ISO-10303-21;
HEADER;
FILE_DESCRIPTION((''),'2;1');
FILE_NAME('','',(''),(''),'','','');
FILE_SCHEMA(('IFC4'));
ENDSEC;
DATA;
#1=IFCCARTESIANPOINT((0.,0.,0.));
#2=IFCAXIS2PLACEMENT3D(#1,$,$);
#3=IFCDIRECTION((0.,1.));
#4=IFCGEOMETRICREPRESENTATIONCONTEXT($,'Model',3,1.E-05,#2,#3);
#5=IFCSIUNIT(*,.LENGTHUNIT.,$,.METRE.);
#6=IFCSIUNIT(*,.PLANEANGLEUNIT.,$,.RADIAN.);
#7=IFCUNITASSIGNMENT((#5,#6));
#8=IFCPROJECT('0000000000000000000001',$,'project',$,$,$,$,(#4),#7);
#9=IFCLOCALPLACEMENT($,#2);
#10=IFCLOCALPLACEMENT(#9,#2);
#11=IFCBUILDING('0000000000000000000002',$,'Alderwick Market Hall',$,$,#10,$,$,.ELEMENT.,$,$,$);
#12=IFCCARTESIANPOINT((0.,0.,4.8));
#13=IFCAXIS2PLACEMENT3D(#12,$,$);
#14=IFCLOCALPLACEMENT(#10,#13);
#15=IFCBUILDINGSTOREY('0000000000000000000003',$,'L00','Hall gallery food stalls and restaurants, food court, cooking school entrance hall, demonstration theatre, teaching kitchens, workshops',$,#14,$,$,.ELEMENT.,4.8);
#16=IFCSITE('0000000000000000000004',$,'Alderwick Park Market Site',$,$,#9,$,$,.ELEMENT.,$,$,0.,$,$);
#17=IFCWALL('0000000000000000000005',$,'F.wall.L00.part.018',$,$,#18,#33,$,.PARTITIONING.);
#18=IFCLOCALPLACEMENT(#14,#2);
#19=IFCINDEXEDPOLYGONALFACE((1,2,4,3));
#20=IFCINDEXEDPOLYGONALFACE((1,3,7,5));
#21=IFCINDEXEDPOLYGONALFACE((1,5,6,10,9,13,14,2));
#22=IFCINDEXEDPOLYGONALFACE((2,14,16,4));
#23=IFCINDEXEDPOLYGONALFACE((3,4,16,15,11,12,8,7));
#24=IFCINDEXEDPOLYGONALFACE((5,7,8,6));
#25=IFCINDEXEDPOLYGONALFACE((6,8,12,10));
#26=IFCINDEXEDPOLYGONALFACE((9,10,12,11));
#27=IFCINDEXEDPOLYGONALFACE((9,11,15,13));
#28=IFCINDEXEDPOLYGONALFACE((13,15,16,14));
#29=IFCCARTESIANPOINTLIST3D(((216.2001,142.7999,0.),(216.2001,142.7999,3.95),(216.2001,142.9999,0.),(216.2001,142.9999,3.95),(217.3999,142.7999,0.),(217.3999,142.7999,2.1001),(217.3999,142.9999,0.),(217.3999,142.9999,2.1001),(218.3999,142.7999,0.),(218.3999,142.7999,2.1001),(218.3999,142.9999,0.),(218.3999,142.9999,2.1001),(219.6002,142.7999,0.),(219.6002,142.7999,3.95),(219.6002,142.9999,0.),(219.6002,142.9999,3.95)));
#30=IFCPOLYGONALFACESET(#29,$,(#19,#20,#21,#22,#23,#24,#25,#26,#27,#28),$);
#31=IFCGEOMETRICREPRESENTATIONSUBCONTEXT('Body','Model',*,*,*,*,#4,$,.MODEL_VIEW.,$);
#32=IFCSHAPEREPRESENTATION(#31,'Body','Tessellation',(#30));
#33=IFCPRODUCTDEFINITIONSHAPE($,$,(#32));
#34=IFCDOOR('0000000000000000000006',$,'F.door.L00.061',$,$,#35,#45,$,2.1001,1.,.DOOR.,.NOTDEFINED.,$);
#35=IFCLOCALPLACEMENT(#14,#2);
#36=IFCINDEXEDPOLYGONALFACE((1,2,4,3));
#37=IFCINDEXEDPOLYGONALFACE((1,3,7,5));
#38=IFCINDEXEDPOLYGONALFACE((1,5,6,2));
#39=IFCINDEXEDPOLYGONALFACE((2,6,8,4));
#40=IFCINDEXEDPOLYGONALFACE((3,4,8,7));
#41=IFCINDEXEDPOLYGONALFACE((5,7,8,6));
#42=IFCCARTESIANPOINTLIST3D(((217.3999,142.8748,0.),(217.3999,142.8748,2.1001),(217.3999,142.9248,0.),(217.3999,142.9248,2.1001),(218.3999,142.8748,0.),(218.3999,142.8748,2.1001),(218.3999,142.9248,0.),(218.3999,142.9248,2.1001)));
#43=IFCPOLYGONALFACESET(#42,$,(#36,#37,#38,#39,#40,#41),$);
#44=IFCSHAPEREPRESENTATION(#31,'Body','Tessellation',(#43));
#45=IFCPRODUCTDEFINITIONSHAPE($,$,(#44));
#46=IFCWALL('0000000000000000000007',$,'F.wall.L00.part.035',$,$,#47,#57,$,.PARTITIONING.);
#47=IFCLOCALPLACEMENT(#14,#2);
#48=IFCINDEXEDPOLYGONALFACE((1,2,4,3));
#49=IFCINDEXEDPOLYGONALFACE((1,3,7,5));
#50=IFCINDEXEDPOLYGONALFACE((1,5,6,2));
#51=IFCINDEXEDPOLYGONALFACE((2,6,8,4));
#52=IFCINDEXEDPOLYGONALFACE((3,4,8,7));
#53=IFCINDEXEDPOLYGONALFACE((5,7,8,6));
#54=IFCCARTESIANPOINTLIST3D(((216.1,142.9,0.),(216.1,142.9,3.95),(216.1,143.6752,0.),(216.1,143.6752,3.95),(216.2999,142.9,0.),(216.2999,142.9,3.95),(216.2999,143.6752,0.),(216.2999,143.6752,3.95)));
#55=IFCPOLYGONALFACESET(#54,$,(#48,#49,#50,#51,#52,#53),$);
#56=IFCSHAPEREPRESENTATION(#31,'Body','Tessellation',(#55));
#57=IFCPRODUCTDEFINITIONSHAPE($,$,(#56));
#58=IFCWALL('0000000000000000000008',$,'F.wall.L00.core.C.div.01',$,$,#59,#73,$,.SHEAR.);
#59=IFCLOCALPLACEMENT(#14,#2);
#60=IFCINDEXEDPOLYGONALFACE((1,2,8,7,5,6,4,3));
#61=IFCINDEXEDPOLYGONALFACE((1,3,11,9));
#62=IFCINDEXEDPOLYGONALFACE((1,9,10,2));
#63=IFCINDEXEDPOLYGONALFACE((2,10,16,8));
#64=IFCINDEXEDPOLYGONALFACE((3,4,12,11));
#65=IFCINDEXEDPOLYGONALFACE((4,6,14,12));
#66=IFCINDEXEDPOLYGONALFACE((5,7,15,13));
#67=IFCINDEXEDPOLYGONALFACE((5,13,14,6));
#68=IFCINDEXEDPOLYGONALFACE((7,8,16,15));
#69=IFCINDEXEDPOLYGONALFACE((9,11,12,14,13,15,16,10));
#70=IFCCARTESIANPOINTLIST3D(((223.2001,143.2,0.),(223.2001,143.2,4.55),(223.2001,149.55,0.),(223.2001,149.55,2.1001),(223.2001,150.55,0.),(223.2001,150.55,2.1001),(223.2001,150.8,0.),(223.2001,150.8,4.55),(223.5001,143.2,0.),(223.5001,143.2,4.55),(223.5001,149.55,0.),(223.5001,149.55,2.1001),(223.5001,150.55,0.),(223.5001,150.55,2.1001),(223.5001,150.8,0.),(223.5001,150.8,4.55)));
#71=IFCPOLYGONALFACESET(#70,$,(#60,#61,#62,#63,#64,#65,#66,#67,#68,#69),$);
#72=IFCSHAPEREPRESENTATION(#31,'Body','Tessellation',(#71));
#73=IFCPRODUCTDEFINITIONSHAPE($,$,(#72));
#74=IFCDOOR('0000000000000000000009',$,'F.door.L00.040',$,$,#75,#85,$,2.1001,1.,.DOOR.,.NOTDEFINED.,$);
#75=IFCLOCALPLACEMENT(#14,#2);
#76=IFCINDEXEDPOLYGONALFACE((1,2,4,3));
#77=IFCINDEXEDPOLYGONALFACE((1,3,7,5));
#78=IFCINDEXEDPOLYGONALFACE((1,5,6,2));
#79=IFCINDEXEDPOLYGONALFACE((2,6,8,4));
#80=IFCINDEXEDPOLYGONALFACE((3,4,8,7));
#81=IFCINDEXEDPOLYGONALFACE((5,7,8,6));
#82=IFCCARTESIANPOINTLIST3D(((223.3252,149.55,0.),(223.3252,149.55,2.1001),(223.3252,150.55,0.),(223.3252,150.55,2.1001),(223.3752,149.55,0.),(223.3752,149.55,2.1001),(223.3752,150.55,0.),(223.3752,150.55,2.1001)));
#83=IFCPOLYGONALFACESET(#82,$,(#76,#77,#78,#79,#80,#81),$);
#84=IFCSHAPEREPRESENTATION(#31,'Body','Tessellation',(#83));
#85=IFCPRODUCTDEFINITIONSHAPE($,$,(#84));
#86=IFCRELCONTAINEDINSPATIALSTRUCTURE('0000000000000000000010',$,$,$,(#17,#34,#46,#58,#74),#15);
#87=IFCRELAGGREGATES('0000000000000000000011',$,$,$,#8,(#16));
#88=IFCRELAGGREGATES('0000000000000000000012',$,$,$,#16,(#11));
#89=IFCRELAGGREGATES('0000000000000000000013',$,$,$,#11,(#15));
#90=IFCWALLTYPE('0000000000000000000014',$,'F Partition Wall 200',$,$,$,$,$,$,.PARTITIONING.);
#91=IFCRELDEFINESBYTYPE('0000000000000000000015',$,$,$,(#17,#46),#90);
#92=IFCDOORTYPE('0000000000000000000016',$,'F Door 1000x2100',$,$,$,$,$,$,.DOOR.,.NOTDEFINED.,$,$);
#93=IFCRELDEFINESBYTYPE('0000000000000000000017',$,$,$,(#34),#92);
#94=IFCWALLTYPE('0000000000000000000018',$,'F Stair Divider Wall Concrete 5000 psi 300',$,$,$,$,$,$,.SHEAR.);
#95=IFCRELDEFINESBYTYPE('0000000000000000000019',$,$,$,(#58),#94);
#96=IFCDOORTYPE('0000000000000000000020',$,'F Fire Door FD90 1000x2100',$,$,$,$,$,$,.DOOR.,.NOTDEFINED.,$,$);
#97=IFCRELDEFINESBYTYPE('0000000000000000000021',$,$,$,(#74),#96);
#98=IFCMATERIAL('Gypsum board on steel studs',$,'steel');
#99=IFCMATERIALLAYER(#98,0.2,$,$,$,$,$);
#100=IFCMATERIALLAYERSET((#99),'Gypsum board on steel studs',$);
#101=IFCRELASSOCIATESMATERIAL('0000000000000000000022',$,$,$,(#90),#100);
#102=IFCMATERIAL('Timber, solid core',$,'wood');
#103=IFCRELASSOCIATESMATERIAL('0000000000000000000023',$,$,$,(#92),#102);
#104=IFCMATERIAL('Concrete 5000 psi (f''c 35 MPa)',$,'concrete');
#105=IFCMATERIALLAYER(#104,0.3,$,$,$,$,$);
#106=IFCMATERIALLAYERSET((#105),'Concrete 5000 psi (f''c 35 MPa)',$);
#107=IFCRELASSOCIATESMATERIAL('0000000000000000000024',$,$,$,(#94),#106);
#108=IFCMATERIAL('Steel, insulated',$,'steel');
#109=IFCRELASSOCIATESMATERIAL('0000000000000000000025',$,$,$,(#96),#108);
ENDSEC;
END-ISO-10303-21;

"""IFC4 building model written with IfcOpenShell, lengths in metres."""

from ifc_helpers import new_model, si_unit, direction, frame, frame_2d, origin, place, context, subcontext, project, spatial, rectangle, extrude, material, layer, layer_set, type_object, element, fill, save


model = new_model("IFC4")

# Units and contexts
model_context = context("Model", 3, precision=1e-05, world=origin(), true_north=direction((0.0, 1.0)))
body_context = subcontext(model_context, "Body", "Model", "MODEL_VIEW")
ifc_project = project(units=[si_unit("LENGTHUNIT", "METRE"), si_unit("PLANEANGLEUNIT", "RADIAN")], contexts=[model_context])

# Site, building, storey
site_placement = place(None, origin())
site = spatial("IfcSite", under=ifc_project, at=site_placement, Name="Alderwick Park Market Site", CompositionType="ELEMENT", RefElevation=0.0)
building_placement = place(site_placement, origin())
building = spatial("IfcBuilding", under=site, at=building_placement, Name="Alderwick Market Hall", CompositionType="ELEMENT")
storey_placement = place(building_placement, frame((0.0, 0.0, 4.8)))
storey = spatial("IfcBuildingStorey", under=building, at=storey_placement, Name="L00", Description="Hall gallery food stalls and restaurants, food court, cooking school entrance hall, demonstration theatre, teaching kitchens, workshops", CompositionType="ELEMENT", Elevation=4.8)

# Shared definitions
ifc_material_1 = material(Name="Concrete 5000 psi (f'c 35 MPa)", Category="concrete")

# Shared definitions
ifc_material_2 = material(Name="Steel, insulated", Category="steel")

# Wall, opening, door
ifc_material_3 = material(Name="Gypsum board on steel studs", Category="steel")
ifc_layer_1 = layer(ifc_material_3, 0.2)
ifc_layer_set_1 = layer_set([ifc_layer_1], Name="Gypsum board on steel studs")
wall_type_1 = type_object("IfcWallType", Name="F Partition Wall 200", PredefinedType="PARTITIONING", material=ifc_layer_set_1)
ifc_material_4 = material(Name="Timber, solid core", Category="wood")
wall_1_placement = place(storey_placement, frame((216.2, 142.8999, 0.0), z_axis=(0.0, 0.0, 1.0), x_axis=(1.0, 0.0, 0.0)))
wall_1 = element("IfcWall", 1, at=wall_1_placement, inside=storey, type_object=wall_type_1, Name="F.wall.L00.part.018", PredefinedType="PARTITIONING", context=body_context, shape_type="SweptSolid", body=[
    extrude(rectangle(XDim=3.4001, YDim=0.2, at=frame_2d((1.7002, 0.0))), origin(), (0.0, 0.0, 1.0), 3.95),
])
opening_1_placement = place(wall_1_placement, frame((1.2, 0.0, 0.0)))
opening_1 = element("IfcOpeningElement", 2, at=opening_1_placement, cuts=wall_1, PredefinedType="OPENING", context=body_context, shape_type="SweptSolid", body=[
    extrude(rectangle(XDim=1.0, YDim=2.1001, at=frame_2d((0.5, 1.05))), frame((0.0, 0.1099, 0.0), z_axis=(0.0, -1.0, 0.0), x_axis=(1.0, 0.0, 0.0)), (0.0, 0.0, 1.0), 0.22),
])
door_type_1 = type_object("IfcDoorType", Name="F Door 1000x2100", OperationType="NOTDEFINED", PredefinedType="DOOR", material=ifc_material_4)
door_1_placement = place(opening_1_placement, origin())
door_1 = element("IfcDoor", 3, at=door_1_placement, inside=storey, type_object=door_type_1, Name="F.door.L00.061", OperationType="NOTDEFINED", OverallHeight=2.1001, OverallWidth=1.0, PredefinedType="DOOR", context=body_context, shape_type="SweptSolid", body=[
    extrude(rectangle(XDim=1.0, YDim=2.1001, at=frame_2d((0.5, 1.05))), frame((0.0, 0.0249, 0.0), z_axis=(0.0, -1.0, 0.0), x_axis=(1.0, 0.0, 0.0)), (0.0, 0.0, 1.0), 0.05),
])
fill(opening_1, door_1)

# Wall
wall_2_placement = place(storey_placement, frame((216.2, 142.8999, 0.0), z_axis=(0.0, 0.0, 1.0), x_axis=(0.0, 1.0, 0.0)))
element("IfcWall", 4, at=wall_2_placement, inside=storey, type_object=wall_type_1, Name="F.wall.L00.part.035", PredefinedType="PARTITIONING", context=body_context, shape_type="SweptSolid", body=[
    extrude(rectangle(XDim=0.7751, YDim=0.2, at=frame_2d((0.3877, 0.0))), origin(), (0.0, 0.0, 1.0), 3.95),
])

# Wall, opening, door
ifc_layer_2 = layer(ifc_material_1, 0.3)
ifc_layer_set_2 = layer_set([ifc_layer_2], Name="Concrete 5000 psi (f'c 35 MPa)")
wall_type_2 = type_object("IfcWallType", Name="F Stair Divider Wall Concrete 5000 psi 300", PredefinedType="SHEAR", material=ifc_layer_set_2)
wall_3_placement = place(storey_placement, frame((223.3501, 143.2, 0.0), z_axis=(0.0, 0.0, 1.0), x_axis=(0.0, 1.0, 0.0)))
wall_3 = element("IfcWall", 5, at=wall_3_placement, inside=storey, type_object=wall_type_2, Name="F.wall.L00.core.C.div.01", PredefinedType="SHEAR", context=body_context, shape_type="SweptSolid", body=[
    extrude(rectangle(XDim=7.6001, YDim=0.3, at=frame_2d((3.8, 0.0))), origin(), (0.0, 0.0, 1.0), 4.55),
])
opening_2_placement = place(wall_3_placement, frame((6.3501, 0.0, 0.0)))
opening_2 = element("IfcOpeningElement", 6, at=opening_2_placement, cuts=wall_3, PredefinedType="OPENING", context=body_context, shape_type="SweptSolid", body=[
    extrude(rectangle(XDim=1.0, YDim=2.1001, at=frame_2d((0.5, 1.05))), frame((0.0, 0.1599, 0.0), z_axis=(0.0, -1.0, 0.0), x_axis=(1.0, 0.0, 0.0)), (0.0, 0.0, 1.0), 0.3201),
])
door_type_2 = type_object("IfcDoorType", Name="F Fire Door FD90 1000x2100", OperationType="NOTDEFINED", PredefinedType="DOOR", material=ifc_material_2)
door_2_placement = place(opening_2_placement, origin())
door_2 = element("IfcDoor", 7, at=door_2_placement, inside=storey, type_object=door_type_2, Name="F.door.L00.040", OperationType="NOTDEFINED", OverallHeight=2.1001, OverallWidth=1.0, PredefinedType="DOOR", context=body_context, shape_type="SweptSolid", body=[
    extrude(rectangle(XDim=1.0, YDim=2.1001, at=frame_2d((0.5, 1.05))), frame((0.0, 0.0249, 0.0), z_axis=(0.0, -1.0, 0.0), x_axis=(1.0, 0.0, 0.0)), (0.0, 0.0, 1.0), 0.05),
])
fill(opening_2, door_2)

save(model, "model.ifc")
